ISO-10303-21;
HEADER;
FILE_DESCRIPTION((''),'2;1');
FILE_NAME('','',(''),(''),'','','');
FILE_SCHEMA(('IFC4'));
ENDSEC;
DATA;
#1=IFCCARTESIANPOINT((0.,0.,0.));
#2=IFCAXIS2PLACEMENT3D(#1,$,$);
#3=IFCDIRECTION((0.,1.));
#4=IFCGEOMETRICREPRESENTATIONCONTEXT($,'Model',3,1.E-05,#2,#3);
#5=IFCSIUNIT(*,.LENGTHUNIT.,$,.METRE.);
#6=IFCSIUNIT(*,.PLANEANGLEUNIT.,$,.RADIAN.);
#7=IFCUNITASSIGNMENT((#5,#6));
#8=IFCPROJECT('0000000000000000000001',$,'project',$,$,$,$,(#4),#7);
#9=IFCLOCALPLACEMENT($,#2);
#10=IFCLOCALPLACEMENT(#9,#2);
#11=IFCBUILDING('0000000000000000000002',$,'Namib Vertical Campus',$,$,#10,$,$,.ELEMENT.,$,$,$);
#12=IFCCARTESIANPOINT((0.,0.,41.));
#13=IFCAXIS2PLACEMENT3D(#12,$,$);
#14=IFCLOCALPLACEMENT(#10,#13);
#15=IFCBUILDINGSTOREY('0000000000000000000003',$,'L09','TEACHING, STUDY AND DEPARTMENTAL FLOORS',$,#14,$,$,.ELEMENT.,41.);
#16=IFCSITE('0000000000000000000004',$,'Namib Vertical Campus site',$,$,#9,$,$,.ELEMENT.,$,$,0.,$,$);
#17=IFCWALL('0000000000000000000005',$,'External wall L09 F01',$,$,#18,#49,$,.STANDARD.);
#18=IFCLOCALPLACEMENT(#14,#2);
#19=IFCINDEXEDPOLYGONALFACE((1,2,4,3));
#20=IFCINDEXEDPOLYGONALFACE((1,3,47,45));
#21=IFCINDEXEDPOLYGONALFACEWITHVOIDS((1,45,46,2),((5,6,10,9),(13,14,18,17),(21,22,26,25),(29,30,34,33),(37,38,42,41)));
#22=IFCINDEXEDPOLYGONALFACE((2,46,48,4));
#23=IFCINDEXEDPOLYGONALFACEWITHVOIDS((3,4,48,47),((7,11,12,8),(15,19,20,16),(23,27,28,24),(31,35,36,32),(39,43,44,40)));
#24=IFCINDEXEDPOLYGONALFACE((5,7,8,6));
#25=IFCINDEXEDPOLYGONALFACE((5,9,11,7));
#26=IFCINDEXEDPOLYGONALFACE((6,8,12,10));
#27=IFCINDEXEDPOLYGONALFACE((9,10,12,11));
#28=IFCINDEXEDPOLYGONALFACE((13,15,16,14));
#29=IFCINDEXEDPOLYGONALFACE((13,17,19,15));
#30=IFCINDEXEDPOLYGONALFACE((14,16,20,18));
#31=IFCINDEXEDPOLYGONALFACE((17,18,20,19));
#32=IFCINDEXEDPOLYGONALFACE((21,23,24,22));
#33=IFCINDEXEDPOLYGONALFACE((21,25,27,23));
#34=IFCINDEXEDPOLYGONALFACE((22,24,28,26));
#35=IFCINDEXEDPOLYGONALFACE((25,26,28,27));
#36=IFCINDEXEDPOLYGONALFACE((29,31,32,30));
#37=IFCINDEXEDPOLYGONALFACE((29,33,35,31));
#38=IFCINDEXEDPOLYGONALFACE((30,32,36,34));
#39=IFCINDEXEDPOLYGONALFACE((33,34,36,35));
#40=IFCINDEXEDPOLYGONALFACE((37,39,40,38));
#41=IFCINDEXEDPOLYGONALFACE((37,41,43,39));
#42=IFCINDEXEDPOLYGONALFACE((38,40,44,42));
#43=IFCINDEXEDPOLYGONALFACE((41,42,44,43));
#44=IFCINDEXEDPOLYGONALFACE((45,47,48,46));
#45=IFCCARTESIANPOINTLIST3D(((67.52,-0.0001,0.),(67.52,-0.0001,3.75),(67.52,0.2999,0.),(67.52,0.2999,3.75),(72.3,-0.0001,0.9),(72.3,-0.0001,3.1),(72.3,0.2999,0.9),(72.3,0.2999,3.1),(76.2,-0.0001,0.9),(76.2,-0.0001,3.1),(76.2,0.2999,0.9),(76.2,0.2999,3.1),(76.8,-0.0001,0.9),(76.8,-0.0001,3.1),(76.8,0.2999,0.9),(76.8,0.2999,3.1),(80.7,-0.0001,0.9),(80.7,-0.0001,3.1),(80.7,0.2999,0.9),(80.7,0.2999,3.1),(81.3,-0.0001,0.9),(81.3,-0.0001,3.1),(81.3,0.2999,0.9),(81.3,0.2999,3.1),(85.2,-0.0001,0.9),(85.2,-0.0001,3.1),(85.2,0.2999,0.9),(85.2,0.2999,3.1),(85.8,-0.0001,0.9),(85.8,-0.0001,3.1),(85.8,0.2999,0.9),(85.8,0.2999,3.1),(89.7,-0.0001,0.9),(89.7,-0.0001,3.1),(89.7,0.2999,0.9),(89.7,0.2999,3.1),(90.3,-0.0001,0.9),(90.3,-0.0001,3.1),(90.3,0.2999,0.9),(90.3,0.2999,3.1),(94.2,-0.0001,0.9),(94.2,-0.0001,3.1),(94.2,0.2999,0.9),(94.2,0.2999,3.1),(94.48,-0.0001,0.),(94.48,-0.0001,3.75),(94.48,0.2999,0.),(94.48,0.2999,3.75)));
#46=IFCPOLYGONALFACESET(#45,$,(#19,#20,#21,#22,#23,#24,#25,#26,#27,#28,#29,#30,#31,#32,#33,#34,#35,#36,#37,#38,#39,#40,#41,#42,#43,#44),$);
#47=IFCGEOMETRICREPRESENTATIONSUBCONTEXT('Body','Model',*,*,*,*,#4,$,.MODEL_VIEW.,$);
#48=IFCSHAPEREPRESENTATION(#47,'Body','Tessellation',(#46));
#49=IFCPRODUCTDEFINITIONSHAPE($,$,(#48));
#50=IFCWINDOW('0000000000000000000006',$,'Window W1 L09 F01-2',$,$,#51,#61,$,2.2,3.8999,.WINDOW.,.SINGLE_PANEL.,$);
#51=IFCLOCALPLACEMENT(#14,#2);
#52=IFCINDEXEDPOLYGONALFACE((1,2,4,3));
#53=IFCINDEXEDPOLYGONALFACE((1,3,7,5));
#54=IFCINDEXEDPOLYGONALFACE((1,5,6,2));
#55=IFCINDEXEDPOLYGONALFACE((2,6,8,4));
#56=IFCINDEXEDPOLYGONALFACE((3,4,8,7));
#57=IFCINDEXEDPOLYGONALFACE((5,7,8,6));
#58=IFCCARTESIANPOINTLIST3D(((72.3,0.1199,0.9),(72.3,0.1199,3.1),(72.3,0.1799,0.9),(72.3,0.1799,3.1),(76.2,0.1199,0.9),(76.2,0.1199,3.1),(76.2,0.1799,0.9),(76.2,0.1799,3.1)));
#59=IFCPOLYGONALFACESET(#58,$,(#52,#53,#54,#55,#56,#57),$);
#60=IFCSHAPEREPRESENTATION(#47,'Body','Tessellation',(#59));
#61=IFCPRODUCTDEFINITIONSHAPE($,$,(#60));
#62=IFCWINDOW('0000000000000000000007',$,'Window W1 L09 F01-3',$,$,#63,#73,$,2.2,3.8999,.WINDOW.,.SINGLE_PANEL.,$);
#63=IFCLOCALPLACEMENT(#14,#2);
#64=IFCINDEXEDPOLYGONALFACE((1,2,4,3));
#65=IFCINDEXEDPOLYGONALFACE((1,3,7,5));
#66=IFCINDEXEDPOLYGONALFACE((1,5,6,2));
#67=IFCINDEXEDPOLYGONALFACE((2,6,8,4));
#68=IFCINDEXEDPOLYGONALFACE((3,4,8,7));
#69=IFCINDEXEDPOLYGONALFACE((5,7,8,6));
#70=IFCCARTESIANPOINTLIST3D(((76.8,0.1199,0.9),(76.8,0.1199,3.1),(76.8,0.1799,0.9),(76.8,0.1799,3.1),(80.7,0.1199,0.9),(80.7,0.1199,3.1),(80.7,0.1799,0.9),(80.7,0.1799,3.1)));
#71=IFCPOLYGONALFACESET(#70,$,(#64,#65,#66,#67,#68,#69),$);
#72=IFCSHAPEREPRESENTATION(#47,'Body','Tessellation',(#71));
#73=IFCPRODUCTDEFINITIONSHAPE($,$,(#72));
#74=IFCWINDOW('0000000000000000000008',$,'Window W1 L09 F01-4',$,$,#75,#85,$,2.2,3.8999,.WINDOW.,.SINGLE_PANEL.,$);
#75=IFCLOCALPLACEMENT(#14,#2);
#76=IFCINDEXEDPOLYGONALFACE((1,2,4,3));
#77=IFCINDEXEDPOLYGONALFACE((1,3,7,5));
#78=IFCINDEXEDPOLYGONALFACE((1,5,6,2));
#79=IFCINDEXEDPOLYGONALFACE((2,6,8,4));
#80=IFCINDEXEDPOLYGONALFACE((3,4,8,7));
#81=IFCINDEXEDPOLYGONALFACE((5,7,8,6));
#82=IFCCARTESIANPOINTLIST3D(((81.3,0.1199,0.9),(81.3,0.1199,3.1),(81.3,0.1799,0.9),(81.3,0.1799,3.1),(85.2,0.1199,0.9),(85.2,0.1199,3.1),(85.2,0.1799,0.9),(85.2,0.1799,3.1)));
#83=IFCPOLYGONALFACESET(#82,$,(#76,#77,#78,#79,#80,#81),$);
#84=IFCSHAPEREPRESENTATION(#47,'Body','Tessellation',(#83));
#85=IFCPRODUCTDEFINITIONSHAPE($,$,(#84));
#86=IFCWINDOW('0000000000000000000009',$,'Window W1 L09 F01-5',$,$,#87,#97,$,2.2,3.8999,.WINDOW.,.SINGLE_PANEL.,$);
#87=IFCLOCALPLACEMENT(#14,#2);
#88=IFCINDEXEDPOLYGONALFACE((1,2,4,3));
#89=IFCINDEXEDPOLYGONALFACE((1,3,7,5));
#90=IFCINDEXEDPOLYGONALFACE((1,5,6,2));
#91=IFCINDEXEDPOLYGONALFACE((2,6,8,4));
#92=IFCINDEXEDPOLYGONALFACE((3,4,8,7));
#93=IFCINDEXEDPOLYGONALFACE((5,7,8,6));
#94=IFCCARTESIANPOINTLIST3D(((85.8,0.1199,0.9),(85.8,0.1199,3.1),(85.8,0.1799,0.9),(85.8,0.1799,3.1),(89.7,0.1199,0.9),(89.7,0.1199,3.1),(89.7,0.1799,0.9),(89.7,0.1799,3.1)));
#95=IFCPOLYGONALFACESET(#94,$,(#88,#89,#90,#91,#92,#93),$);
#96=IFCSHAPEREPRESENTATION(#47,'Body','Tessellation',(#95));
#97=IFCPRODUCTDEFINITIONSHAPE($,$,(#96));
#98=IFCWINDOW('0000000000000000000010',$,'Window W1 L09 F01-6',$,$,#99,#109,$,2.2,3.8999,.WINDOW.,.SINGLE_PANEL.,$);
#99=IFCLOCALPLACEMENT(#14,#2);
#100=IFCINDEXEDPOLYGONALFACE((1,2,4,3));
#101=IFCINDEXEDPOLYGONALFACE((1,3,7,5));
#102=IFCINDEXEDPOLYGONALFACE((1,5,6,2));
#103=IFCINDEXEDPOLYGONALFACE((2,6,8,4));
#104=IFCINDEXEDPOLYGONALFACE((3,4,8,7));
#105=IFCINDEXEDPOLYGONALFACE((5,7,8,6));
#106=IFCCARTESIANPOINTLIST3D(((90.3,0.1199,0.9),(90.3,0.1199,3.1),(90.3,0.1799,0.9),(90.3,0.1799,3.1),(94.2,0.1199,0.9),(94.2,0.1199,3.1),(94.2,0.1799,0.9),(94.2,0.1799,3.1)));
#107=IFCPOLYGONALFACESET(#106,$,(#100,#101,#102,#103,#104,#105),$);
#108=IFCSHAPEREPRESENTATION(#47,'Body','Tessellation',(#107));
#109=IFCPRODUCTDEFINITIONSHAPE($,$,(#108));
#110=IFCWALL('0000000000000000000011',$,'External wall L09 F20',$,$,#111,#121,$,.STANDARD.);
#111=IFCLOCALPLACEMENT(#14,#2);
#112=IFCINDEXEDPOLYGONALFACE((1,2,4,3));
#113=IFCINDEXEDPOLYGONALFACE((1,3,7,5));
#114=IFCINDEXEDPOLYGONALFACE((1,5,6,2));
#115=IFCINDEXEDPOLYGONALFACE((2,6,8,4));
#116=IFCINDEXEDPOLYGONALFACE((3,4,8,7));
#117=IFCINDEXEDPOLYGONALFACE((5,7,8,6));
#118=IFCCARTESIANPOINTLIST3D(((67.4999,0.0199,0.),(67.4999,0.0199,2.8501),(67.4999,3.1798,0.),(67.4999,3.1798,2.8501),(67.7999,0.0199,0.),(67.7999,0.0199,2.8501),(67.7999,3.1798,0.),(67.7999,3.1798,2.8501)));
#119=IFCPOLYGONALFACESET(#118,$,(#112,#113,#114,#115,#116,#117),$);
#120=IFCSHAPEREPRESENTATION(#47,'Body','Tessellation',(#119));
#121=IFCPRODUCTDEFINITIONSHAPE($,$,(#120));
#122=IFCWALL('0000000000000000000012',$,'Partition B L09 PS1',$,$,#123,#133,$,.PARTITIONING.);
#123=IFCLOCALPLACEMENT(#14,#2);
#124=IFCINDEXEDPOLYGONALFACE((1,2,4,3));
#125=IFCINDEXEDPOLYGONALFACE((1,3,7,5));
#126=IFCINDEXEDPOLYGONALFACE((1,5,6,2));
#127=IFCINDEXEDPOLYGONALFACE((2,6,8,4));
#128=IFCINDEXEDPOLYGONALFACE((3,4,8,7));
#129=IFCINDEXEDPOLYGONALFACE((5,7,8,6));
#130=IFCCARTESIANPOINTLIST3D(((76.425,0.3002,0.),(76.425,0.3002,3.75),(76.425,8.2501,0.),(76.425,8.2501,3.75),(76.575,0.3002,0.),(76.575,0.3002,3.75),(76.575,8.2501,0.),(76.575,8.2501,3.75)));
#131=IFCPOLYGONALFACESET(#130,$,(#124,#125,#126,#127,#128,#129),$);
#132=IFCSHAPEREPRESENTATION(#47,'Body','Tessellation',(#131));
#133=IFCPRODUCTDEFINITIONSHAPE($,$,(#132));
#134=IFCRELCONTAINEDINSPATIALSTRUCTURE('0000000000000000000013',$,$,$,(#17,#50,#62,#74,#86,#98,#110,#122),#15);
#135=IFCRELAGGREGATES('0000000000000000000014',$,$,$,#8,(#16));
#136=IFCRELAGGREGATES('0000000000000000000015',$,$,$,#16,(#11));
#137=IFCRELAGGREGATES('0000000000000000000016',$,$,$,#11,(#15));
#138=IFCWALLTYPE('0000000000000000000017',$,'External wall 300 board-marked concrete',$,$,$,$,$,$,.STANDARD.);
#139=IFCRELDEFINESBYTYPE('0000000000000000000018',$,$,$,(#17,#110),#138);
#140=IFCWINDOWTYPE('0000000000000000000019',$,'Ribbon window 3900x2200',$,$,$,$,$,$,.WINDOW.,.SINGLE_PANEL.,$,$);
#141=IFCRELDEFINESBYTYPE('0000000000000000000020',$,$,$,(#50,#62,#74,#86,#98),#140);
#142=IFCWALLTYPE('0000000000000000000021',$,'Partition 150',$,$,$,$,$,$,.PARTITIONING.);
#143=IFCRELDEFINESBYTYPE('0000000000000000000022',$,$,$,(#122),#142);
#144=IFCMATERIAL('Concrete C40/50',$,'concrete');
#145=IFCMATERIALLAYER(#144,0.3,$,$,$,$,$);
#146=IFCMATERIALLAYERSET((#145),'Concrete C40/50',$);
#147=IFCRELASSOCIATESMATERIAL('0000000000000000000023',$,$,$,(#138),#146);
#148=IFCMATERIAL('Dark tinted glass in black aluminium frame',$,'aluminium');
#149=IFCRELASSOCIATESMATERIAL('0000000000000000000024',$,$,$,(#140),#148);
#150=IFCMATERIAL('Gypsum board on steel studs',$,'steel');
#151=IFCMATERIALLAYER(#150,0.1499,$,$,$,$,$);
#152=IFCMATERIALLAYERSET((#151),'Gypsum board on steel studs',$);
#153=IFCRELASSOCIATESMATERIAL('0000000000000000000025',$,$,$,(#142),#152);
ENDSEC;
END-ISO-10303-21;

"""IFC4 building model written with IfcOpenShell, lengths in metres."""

from ifc_helpers import new_model, si_unit, direction, frame, frame_2d, origin, place, context, subcontext, project, spatial, rectangle, extrude, material, layer, layer_set, type_object, element, fill, save


model = new_model("IFC4")

# Units and contexts
model_context = context("Model", 3, precision=1e-05, world=origin(), true_north=direction((0.0, 1.0)))
body_context = subcontext(model_context, "Body", "Model", "MODEL_VIEW")
ifc_project = project(units=[si_unit("LENGTHUNIT", "METRE"), si_unit("PLANEANGLEUNIT", "RADIAN")], contexts=[model_context])

# Site, building, storey
site_placement = place(None, origin())
site = spatial("IfcSite", under=ifc_project, at=site_placement, Name="Namib Vertical Campus site", CompositionType="ELEMENT", RefElevation=0.0)
building_placement = place(site_placement, origin())
building = spatial("IfcBuilding", under=site, at=building_placement, Name="Namib Vertical Campus", CompositionType="ELEMENT")
storey_placement = place(building_placement, frame((0.0, 0.0, 41.0)))
storey = spatial("IfcBuildingStorey", under=building, at=storey_placement, Name="L09", Description="TEACHING, STUDY AND DEPARTMENTAL FLOORS", CompositionType="ELEMENT", Elevation=41.0)

# Wall, openings, windows
ifc_material_1 = material(Name="Concrete C40/50", Category="concrete")
ifc_layer_1 = layer(ifc_material_1, 0.3)
ifc_layer_set_1 = layer_set([ifc_layer_1], Name="Concrete C40/50")
wall_type_1 = type_object("IfcWallType", Name="External wall 300 board-marked concrete", PredefinedType="STANDARD", material=ifc_layer_set_1)
wall_1_placement = place(storey_placement, frame((67.52, 0.1499, 0.0), z_axis=(0.0, 0.0, 1.0), x_axis=(1.0, 0.0, 0.0)))
wall_1 = element("IfcWall", 1, at=wall_1_placement, inside=storey, type_object=wall_type_1, Name="External wall L09 F01", PredefinedType="STANDARD", context=body_context, shape_type="SweptSolid", body=[
    extrude(rectangle(XDim=26.96, YDim=0.3, at=frame_2d((13.48, 0.0))), origin(), (0.0, 0.0, 1.0), 3.75),
])
opening_1_placement = place(wall_1_placement, frame((4.78, 0.0, 0.8999)))
opening_1 = element("IfcOpeningElement", 2, at=opening_1_placement, cuts=wall_1, PredefinedType="OPENING", context=body_context, shape_type="SweptSolid", body=[
    extrude(rectangle(XDim=3.8999, YDim=2.2, at=frame_2d((1.95, 1.1001))), frame((0.0, 0.1599, 0.0), z_axis=(0.0, -1.0, 0.0), x_axis=(1.0, 0.0, 0.0)), (0.0, 0.0, 1.0), 0.3201),
])
opening_2_placement = place(wall_1_placement, frame((9.28, 0.0, 0.8999)))
opening_2 = element("IfcOpeningElement", 3, at=opening_2_placement, cuts=wall_1, PredefinedType="OPENING", context=body_context, shape_type="SweptSolid", body=[
    extrude(rectangle(XDim=3.8999, YDim=2.2, at=frame_2d((1.95, 1.1001))), frame((0.0, 0.1599, 0.0), z_axis=(0.0, -1.0, 0.0), x_axis=(1.0, 0.0, 0.0)), (0.0, 0.0, 1.0), 0.3201),
])
opening_3_placement = place(wall_1_placement, frame((13.78, 0.0, 0.8999)))
opening_3 = element("IfcOpeningElement", 4, at=opening_3_placement, cuts=wall_1, PredefinedType="OPENING", context=body_context, shape_type="SweptSolid", body=[
    extrude(rectangle(XDim=3.8999, YDim=2.2, at=frame_2d((1.95, 1.1001))), frame((0.0, 0.1599, 0.0), z_axis=(0.0, -1.0, 0.0), x_axis=(1.0, 0.0, 0.0)), (0.0, 0.0, 1.0), 0.3201),
])
opening_4_placement = place(wall_1_placement, frame((18.28, 0.0, 0.8999)))
opening_4 = element("IfcOpeningElement", 5, at=opening_4_placement, cuts=wall_1, PredefinedType="OPENING", context=body_context, shape_type="SweptSolid", body=[
    extrude(rectangle(XDim=3.8999, YDim=2.2, at=frame_2d((1.95, 1.1001))), frame((0.0, 0.1599, 0.0), z_axis=(0.0, -1.0, 0.0), x_axis=(1.0, 0.0, 0.0)), (0.0, 0.0, 1.0), 0.3201),
])
opening_5_placement = place(wall_1_placement, frame((22.78, 0.0, 0.8999)))
opening_5 = element("IfcOpeningElement", 6, at=opening_5_placement, cuts=wall_1, PredefinedType="OPENING", context=body_context, shape_type="SweptSolid", body=[
    extrude(rectangle(XDim=3.8999, YDim=2.2, at=frame_2d((1.95, 1.1001))), frame((0.0, 0.1599, 0.0), z_axis=(0.0, -1.0, 0.0), x_axis=(1.0, 0.0, 0.0)), (0.0, 0.0, 1.0), 0.3201),
])
ifc_material_2 = material(Name="Dark tinted glass in black aluminium frame", Category="aluminium")
window_type = type_object("IfcWindowType", Name="Ribbon window 3900x2200", PartitioningType="SINGLE_PANEL", PredefinedType="WINDOW", material=ifc_material_2)
window_1_placement = place(opening_1_placement, origin())
window_1 = element("IfcWindow", 7, at=window_1_placement, inside=storey, type_object=window_type, Name="Window W1 L09 F01-2", OverallHeight=2.2, OverallWidth=3.8999, PartitioningType="SINGLE_PANEL", PredefinedType="WINDOW", context=body_context, shape_type="SweptSolid", body=[
    extrude(rectangle(XDim=3.8999, YDim=2.2, at=frame_2d((1.95, 1.1001))), frame((0.0, 0.03, 0.0), z_axis=(0.0, -1.0, 0.0), x_axis=(1.0, 0.0, 0.0)), (0.0, 0.0, 1.0), 0.0601),
])
fill(opening_1, window_1)
window_2_placement = place(opening_2_placement, origin())
window_2 = element("IfcWindow", 8, at=window_2_placement, inside=storey, type_object=window_type, Name="Window W1 L09 F01-3", OverallHeight=2.2, OverallWidth=3.8999, PartitioningType="SINGLE_PANEL", PredefinedType="WINDOW", context=body_context, shape_type="SweptSolid", body=[
    extrude(rectangle(XDim=3.8999, YDim=2.2, at=frame_2d((1.95, 1.1001))), frame((0.0, 0.03, 0.0), z_axis=(0.0, -1.0, 0.0), x_axis=(1.0, 0.0, 0.0)), (0.0, 0.0, 1.0), 0.0601),
])
fill(opening_2, window_2)
window_3_placement = place(opening_3_placement, origin())
window_3 = element("IfcWindow", 9, at=window_3_placement, inside=storey, type_object=window_type, Name="Window W1 L09 F01-4", OverallHeight=2.2, OverallWidth=3.8999, PartitioningType="SINGLE_PANEL", PredefinedType="WINDOW", context=body_context, shape_type="SweptSolid", body=[
    extrude(rectangle(XDim=3.8999, YDim=2.2, at=frame_2d((1.95, 1.1001))), frame((0.0, 0.03, 0.0), z_axis=(0.0, -1.0, 0.0), x_axis=(1.0, 0.0, 0.0)), (0.0, 0.0, 1.0), 0.0601),
])
fill(opening_3, window_3)
window_4_placement = place(opening_4_placement, origin())
window_4 = element("IfcWindow", 10, at=window_4_placement, inside=storey, type_object=window_type, Name="Window W1 L09 F01-5", OverallHeight=2.2, OverallWidth=3.8999, PartitioningType="SINGLE_PANEL", PredefinedType="WINDOW", context=body_context, shape_type="SweptSolid", body=[
    extrude(rectangle(XDim=3.8999, YDim=2.2, at=frame_2d((1.95, 1.1001))), frame((0.0, 0.03, 0.0), z_axis=(0.0, -1.0, 0.0), x_axis=(1.0, 0.0, 0.0)), (0.0, 0.0, 1.0), 0.0601),
])
fill(opening_4, window_4)
window_5_placement = place(opening_5_placement, origin())
window_5 = element("IfcWindow", 11, at=window_5_placement, inside=storey, type_object=window_type, Name="Window W1 L09 F01-6", OverallHeight=2.2, OverallWidth=3.8999, PartitioningType="SINGLE_PANEL", PredefinedType="WINDOW", context=body_context, shape_type="SweptSolid", body=[
    extrude(rectangle(XDim=3.8999, YDim=2.2, at=frame_2d((1.95, 1.1001))), frame((0.0, 0.03, 0.0), z_axis=(0.0, -1.0, 0.0), x_axis=(1.0, 0.0, 0.0)), (0.0, 0.0, 1.0), 0.0601),
])
fill(opening_5, window_5)

# Walls
wall_2_placement = place(storey_placement, frame((67.6499, 3.1799, 0.0), z_axis=(0.0, 0.0, 1.0), x_axis=(0.0, -1.0, 0.0)))
element("IfcWall", 12, at=wall_2_placement, inside=storey, type_object=wall_type_1, Name="External wall L09 F20", PredefinedType="STANDARD", context=body_context, shape_type="SweptSolid", body=[
    extrude(rectangle(XDim=3.1599, YDim=0.3, at=frame_2d((1.5801, 0.0))), origin(), (0.0, 0.0, 1.0), 2.8501),
])
ifc_material_3 = material(Name="Gypsum board on steel studs", Category="steel")
ifc_layer_2 = layer(ifc_material_3, 0.1499)
ifc_layer_set_2 = layer_set([ifc_layer_2], Name="Gypsum board on steel studs")
wall_type_2 = type_object("IfcWallType", Name="Partition 150", PredefinedType="PARTITIONING", material=ifc_layer_set_2)
wall_3_placement = place(storey_placement, frame((76.5, 0.3, 0.0), z_axis=(0.0, 0.0, 1.0), x_axis=(0.0, 1.0, 0.0)))
element("IfcWall", 13, at=wall_3_placement, inside=storey, type_object=wall_type_2, Name="Partition B L09 PS1", PredefinedType="PARTITIONING", context=body_context, shape_type="SweptSolid", body=[
    extrude(rectangle(XDim=7.95, YDim=0.1499, at=frame_2d((3.9751, 0.0))), origin(), (0.0, 0.0, 1.0), 3.75),
])

save(model, "model.ifc")
